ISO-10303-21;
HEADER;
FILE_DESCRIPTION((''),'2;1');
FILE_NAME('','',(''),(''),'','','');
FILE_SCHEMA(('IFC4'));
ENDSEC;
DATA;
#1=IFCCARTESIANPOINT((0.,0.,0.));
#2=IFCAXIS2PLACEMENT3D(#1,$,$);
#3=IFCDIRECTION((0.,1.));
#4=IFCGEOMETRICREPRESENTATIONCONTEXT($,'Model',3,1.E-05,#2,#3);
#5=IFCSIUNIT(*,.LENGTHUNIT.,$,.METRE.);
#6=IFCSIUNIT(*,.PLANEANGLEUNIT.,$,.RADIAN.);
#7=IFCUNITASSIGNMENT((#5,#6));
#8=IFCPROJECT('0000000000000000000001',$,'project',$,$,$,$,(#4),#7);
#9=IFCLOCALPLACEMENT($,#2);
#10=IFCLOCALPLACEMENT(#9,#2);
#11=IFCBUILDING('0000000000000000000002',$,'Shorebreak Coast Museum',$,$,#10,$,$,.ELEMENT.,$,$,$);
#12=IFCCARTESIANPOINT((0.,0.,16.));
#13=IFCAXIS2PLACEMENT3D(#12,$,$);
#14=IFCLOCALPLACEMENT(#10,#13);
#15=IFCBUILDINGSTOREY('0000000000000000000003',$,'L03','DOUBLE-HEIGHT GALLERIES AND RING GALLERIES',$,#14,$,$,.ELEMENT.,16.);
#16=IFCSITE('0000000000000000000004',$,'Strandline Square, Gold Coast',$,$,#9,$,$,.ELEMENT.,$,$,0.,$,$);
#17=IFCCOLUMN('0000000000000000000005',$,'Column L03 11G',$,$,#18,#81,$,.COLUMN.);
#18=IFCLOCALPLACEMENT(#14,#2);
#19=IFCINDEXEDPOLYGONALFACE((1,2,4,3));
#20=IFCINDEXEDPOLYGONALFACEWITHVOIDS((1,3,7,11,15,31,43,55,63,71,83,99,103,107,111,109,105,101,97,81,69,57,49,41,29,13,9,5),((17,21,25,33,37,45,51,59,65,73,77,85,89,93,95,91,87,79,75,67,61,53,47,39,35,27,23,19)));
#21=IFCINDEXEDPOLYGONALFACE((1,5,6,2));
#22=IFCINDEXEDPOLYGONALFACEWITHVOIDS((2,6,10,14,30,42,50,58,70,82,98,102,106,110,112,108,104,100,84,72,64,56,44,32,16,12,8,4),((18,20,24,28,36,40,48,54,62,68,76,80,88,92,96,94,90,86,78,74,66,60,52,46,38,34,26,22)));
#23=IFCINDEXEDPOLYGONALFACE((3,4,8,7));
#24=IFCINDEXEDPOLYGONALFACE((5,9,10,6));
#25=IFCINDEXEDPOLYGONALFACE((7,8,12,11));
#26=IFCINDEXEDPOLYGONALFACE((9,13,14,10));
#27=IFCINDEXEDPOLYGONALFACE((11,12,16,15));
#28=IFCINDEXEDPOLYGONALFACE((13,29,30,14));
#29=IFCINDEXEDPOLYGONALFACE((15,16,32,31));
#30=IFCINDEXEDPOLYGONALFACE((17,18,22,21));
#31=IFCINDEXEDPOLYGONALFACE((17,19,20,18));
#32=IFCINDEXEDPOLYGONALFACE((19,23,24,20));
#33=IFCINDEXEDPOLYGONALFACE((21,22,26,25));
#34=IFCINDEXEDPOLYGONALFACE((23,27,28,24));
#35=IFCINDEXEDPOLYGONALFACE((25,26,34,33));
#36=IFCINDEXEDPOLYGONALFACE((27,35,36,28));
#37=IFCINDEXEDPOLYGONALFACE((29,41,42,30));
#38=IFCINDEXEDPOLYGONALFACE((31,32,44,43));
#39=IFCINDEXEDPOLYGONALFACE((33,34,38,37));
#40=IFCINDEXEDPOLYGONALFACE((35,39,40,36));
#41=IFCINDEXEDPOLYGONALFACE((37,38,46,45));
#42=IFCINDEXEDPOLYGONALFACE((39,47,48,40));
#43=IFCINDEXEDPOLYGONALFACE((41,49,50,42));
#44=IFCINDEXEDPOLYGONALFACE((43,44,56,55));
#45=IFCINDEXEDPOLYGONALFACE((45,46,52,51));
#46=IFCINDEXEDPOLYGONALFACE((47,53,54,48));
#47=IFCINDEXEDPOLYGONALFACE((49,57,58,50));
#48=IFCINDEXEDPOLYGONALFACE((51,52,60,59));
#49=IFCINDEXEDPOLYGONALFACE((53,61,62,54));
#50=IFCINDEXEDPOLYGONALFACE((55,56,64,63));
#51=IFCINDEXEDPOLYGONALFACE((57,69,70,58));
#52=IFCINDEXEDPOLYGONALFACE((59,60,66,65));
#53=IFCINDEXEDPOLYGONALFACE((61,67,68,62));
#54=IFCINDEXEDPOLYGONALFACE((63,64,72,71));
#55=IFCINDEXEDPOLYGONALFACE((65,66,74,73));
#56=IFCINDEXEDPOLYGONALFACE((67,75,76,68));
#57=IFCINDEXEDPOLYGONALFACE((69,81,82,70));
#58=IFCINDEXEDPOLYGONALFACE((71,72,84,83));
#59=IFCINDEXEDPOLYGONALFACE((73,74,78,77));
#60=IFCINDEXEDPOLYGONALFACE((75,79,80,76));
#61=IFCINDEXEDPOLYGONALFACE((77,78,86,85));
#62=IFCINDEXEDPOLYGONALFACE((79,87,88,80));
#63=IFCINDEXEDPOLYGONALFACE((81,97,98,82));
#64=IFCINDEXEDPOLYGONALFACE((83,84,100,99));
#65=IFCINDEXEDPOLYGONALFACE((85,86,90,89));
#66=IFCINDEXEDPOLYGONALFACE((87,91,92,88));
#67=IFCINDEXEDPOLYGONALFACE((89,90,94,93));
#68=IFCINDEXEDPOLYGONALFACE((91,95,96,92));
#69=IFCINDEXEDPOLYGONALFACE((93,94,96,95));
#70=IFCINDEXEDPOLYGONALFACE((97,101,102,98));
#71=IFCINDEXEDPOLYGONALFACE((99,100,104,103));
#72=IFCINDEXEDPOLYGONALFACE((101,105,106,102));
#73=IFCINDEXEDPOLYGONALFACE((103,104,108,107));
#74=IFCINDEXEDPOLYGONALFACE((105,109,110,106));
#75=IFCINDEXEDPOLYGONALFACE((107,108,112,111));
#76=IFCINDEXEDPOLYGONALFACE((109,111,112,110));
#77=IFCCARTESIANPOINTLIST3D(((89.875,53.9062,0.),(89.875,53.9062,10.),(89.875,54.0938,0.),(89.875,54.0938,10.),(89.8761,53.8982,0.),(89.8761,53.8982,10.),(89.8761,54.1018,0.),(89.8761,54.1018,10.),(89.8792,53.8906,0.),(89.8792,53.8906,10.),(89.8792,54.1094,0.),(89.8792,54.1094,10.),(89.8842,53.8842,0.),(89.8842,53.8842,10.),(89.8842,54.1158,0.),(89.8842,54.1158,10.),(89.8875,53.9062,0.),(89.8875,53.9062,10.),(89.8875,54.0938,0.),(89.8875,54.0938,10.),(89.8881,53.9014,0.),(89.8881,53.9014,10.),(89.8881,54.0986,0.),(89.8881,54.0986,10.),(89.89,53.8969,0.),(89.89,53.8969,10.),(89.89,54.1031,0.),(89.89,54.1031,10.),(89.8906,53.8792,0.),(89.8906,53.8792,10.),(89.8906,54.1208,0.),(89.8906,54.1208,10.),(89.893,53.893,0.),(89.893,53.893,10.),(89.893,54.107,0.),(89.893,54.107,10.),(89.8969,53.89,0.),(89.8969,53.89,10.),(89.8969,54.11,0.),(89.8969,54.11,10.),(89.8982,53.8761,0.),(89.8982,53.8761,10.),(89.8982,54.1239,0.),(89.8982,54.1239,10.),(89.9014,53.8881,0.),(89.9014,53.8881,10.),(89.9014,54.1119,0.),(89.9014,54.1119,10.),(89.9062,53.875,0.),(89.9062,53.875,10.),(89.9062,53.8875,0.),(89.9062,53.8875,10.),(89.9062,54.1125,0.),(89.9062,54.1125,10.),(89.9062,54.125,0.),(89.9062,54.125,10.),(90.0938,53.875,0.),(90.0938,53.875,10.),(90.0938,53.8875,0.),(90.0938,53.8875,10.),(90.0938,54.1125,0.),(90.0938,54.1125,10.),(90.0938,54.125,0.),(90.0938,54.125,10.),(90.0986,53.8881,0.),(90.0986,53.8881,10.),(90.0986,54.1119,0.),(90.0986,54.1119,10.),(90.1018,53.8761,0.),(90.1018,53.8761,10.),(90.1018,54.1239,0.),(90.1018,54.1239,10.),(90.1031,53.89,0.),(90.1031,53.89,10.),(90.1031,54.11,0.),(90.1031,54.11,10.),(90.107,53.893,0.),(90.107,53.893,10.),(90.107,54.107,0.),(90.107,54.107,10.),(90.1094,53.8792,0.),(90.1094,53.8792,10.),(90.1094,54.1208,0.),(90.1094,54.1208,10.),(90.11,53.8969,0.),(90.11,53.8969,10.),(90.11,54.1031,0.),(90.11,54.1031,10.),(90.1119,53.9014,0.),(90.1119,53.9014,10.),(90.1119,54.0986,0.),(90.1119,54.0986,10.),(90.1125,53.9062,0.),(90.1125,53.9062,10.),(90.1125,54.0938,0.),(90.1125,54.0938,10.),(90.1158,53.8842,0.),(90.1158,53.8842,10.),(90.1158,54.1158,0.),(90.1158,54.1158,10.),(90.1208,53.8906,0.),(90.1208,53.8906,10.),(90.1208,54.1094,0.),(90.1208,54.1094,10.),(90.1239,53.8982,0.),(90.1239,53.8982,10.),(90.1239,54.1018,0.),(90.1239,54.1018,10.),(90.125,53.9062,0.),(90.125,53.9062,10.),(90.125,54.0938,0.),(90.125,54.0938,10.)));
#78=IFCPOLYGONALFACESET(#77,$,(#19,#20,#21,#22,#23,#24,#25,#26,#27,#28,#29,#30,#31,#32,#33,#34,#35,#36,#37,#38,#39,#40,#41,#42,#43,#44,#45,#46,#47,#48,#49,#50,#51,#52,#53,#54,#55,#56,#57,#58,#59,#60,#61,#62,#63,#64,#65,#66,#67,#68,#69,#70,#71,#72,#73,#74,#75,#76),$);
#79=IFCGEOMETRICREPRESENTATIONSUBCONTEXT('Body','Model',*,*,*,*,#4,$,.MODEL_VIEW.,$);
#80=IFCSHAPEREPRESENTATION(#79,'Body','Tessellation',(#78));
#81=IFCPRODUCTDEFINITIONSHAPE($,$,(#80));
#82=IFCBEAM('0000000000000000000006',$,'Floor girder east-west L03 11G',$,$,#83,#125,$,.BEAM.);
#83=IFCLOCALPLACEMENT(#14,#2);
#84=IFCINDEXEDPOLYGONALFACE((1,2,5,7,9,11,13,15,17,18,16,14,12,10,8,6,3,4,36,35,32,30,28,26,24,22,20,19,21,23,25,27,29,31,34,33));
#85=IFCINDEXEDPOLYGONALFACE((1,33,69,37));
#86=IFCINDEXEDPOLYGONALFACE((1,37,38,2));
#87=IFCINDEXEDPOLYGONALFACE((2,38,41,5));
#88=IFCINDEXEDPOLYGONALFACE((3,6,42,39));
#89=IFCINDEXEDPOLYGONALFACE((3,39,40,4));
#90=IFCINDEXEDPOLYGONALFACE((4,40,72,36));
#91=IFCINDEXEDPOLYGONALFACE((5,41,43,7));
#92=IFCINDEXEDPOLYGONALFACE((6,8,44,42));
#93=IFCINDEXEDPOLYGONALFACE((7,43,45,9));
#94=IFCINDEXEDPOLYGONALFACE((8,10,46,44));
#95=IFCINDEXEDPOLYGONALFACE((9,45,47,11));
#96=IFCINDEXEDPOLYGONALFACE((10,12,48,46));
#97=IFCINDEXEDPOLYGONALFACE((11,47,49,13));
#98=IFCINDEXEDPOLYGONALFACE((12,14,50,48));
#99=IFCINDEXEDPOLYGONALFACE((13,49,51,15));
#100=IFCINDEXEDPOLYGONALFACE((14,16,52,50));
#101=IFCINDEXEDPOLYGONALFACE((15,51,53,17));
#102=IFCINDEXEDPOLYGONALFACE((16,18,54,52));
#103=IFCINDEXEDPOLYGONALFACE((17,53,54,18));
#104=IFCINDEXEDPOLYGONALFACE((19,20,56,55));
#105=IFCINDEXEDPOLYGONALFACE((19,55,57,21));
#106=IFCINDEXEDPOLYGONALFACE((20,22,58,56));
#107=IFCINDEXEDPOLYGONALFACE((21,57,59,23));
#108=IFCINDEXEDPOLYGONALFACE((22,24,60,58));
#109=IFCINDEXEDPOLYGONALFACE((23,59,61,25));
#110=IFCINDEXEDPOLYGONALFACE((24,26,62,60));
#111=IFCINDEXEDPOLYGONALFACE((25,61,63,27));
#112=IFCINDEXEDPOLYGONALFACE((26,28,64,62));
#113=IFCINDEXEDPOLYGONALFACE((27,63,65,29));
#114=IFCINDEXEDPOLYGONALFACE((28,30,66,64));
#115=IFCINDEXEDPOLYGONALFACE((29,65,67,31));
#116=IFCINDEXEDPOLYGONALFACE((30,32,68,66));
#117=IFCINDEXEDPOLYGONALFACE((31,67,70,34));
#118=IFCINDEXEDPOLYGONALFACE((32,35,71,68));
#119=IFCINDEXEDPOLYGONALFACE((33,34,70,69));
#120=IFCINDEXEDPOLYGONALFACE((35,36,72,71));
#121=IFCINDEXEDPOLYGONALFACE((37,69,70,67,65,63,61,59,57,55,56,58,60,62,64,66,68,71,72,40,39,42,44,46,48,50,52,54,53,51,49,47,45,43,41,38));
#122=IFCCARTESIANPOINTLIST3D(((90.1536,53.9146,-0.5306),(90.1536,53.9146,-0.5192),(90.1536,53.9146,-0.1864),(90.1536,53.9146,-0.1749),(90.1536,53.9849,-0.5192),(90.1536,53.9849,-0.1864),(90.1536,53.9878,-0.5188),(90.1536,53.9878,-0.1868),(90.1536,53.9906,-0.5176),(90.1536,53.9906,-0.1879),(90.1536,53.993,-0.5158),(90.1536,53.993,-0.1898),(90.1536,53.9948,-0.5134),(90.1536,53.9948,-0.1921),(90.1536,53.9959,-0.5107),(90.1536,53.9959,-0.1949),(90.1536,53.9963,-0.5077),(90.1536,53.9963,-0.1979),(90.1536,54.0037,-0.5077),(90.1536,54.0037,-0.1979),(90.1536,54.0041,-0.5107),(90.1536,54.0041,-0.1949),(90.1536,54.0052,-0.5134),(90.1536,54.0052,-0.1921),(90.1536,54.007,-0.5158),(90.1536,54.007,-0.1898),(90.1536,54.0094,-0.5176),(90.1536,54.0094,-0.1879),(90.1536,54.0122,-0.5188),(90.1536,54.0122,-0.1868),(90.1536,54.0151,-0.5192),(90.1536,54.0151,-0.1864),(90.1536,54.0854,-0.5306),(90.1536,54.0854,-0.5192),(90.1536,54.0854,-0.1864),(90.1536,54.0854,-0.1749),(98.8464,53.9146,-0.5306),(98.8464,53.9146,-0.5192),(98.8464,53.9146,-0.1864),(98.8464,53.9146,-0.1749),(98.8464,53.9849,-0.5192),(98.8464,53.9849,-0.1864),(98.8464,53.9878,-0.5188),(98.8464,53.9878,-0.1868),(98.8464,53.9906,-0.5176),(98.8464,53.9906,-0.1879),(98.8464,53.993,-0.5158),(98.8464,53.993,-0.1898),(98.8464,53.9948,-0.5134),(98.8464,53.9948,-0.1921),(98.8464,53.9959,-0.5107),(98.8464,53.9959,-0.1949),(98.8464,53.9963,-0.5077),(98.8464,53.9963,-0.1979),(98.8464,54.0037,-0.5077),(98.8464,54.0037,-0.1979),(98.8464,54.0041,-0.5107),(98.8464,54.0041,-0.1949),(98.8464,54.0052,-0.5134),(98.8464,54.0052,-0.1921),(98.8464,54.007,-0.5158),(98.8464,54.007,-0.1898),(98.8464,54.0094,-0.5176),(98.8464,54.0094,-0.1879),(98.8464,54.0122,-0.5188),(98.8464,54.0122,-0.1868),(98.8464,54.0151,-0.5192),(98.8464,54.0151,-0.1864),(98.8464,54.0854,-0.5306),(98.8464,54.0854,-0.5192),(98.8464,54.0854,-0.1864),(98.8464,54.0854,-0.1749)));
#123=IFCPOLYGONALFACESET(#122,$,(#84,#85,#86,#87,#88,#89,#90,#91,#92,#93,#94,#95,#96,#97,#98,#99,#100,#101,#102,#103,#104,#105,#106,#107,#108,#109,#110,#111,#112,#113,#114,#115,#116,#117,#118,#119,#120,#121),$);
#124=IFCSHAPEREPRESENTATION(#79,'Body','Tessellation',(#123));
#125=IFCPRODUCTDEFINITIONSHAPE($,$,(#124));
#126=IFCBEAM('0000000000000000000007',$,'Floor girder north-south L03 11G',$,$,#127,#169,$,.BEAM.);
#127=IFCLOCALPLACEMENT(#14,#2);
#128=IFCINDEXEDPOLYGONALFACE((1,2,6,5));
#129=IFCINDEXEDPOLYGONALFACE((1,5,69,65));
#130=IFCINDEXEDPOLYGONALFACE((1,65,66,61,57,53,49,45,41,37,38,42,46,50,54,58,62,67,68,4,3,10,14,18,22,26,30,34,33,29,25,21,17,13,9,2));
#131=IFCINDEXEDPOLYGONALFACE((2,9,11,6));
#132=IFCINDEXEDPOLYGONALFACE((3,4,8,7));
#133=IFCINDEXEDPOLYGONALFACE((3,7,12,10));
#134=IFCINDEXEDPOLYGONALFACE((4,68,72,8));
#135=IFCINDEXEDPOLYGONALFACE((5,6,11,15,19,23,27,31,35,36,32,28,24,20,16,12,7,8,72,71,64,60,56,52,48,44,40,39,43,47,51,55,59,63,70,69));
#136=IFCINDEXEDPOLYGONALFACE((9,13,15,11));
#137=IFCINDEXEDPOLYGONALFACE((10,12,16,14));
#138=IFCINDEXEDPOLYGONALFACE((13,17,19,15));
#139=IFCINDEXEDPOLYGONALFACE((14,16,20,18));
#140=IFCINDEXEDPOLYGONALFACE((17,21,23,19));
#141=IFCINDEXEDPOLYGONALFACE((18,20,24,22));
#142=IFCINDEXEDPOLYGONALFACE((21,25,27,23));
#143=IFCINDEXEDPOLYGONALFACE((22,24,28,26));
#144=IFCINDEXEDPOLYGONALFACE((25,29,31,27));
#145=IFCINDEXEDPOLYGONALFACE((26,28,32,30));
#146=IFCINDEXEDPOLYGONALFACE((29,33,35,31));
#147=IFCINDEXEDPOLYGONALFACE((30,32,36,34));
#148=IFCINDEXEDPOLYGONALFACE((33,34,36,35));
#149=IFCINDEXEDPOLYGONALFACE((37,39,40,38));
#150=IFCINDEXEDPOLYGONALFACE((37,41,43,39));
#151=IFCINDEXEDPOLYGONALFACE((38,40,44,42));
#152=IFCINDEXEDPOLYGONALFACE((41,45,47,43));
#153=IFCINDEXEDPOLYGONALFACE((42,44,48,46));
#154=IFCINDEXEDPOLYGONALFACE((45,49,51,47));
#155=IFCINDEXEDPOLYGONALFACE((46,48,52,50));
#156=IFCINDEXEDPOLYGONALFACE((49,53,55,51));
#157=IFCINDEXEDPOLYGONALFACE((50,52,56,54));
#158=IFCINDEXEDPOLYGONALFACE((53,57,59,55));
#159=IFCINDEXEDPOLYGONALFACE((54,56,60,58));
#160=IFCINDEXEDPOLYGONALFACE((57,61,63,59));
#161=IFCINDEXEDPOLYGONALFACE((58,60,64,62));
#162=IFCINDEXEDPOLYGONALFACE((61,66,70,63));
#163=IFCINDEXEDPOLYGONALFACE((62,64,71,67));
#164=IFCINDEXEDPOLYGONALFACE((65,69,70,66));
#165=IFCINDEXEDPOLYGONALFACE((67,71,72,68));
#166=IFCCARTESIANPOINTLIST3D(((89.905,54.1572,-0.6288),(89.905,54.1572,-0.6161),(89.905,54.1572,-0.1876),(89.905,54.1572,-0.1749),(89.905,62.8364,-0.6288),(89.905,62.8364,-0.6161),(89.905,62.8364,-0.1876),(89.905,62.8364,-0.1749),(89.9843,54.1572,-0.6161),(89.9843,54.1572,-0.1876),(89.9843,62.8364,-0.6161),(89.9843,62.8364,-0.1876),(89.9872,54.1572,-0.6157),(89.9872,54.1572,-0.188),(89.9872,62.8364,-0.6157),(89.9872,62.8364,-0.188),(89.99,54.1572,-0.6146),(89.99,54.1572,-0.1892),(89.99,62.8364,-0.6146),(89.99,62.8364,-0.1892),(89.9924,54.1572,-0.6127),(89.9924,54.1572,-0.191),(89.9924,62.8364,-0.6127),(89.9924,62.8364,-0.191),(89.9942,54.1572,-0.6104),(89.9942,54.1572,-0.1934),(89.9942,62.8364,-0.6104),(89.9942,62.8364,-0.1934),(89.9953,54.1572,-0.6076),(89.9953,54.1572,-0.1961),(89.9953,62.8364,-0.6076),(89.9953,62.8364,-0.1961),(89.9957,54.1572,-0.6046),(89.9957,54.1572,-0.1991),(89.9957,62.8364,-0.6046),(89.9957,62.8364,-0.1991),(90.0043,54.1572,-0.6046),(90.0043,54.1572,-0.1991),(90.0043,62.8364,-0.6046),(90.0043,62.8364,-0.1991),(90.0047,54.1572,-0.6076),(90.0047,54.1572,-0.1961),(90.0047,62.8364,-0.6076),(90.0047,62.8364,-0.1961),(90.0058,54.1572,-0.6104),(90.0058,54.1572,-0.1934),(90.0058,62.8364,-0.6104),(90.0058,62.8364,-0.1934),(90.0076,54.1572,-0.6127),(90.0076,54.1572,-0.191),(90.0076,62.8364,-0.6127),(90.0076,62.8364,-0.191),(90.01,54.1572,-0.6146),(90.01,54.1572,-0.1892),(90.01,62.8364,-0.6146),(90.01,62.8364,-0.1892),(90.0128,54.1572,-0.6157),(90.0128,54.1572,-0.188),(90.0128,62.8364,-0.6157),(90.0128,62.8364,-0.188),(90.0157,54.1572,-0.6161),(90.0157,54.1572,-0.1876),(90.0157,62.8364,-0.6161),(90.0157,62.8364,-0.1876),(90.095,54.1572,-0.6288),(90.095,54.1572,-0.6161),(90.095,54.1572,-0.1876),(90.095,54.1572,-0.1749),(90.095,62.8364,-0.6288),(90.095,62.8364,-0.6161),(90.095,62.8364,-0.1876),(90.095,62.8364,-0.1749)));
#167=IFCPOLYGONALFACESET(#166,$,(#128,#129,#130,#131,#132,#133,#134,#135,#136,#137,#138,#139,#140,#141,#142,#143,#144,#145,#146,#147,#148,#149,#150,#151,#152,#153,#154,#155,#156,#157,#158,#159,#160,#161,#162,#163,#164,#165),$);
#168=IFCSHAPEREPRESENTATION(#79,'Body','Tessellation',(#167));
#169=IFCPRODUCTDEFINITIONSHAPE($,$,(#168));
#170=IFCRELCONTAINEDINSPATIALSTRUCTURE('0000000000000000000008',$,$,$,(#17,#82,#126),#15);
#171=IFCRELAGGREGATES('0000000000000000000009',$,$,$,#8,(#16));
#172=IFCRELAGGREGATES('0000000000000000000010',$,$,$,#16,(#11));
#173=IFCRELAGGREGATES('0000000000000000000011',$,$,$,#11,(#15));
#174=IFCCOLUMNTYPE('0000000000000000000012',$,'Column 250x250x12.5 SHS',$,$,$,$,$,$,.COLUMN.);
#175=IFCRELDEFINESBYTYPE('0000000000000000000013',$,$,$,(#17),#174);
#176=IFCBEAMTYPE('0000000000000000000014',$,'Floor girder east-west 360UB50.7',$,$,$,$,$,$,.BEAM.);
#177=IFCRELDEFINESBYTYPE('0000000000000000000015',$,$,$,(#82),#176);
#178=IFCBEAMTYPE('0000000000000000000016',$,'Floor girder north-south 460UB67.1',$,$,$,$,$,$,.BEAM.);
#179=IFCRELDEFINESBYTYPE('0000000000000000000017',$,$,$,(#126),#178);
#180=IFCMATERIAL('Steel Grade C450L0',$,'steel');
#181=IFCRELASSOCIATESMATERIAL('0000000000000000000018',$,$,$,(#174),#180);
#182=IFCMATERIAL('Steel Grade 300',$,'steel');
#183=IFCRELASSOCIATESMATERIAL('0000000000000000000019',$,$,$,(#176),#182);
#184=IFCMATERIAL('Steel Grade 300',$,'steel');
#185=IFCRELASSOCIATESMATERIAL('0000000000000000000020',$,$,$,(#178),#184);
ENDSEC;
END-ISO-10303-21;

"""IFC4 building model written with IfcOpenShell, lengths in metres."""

from ifc_helpers import new_model, si_unit, direction, frame, origin, origin_2d, place, context, subcontext, project, spatial, hollow_rectangle, i_section, extrude, material, material_profile, profile_set, type_object, element, save


model = new_model("IFC4")

# Units and contexts
model_context = context("Model", 3, precision=1e-05, world=origin(), true_north=direction((0.0, 1.0)))
body_context = subcontext(model_context, "Body", "Model", "MODEL_VIEW")
ifc_project = project(units=[si_unit("LENGTHUNIT", "METRE"), si_unit("PLANEANGLEUNIT", "RADIAN")], contexts=[model_context])

# Site, building, storey
site_placement = place(None, origin())
site = spatial("IfcSite", under=ifc_project, at=site_placement, Name="Strandline Square, Gold Coast", CompositionType="ELEMENT", RefElevation=0.0)
building_placement = place(site_placement, origin())
building = spatial("IfcBuilding", under=site, at=building_placement, Name="Shorebreak Coast Museum", CompositionType="ELEMENT")
storey_placement = place(building_placement, frame((0.0, 0.0, 16.0)))
storey = spatial("IfcBuildingStorey", under=building, at=storey_placement, Name="L03", Description="DOUBLE-HEIGHT GALLERIES AND RING GALLERIES", CompositionType="ELEMENT", Elevation=16.0)

# Column
ifc_material_1 = material(Name="Steel Grade C450L0", Category="steel")
ifc_material_profile_1 = material_profile(ifc_material_1, hollow_rectangle(XDim=0.25, YDim=0.25, WallThickness=0.0125, InnerFilletRadius=0.0188, OuterFilletRadius=0.0312, at=origin_2d()), Name="250x250x12.5 SHS")
ifc_profile_set_1 = profile_set([ifc_material_profile_1], Name="Steel Grade C450L0")
column_type = type_object("IfcColumnType", Name="Column 250x250x12.5 SHS", PredefinedType="COLUMN", material=ifc_profile_set_1)
column_placement = place(storey_placement, frame((90.0, 54.0, 0.0), z_axis=(0.0, 0.0, 1.0), x_axis=(1.0, 0.0, 0.0)))
element("IfcColumn", 1, at=column_placement, inside=storey, type_object=column_type, Name="Column L03 11G", PredefinedType="COLUMN", context=body_context, shape_type="SweptSolid", body=[
    extrude(hollow_rectangle(XDim=0.25, YDim=0.25, WallThickness=0.0125, InnerFilletRadius=0.0188, OuterFilletRadius=0.0312, at=origin_2d()), origin(), (0.0, 0.0, 1.0), 10.0),
])

# Beams
ifc_material_2 = material(Name="Steel Grade 300", Category="steel")
ifc_material_profile_2 = material_profile(ifc_material_2, i_section(OverallWidth=0.1709, OverallDepth=0.3557, WebThickness=0.0073, FlangeThickness=0.0115, FilletRadius=0.0115, at=origin_2d()), Name="360UB50.7")
ifc_profile_set_2 = profile_set([ifc_material_profile_2], Name="Steel Grade 300")
beam_type_1 = type_object("IfcBeamType", Name="Floor girder east-west 360UB50.7", PredefinedType="BEAM", material=ifc_profile_set_2)
beam_1_placement = place(storey_placement, frame((90.1536, 54.0, -0.3528), z_axis=(1.0, 0.0, 0.0), x_axis=(0.0, 1.0, 0.0)))
element("IfcBeam", 2, at=beam_1_placement, inside=storey, type_object=beam_type_1, Name="Floor girder east-west L03 11G", PredefinedType="BEAM", context=body_context, shape_type="SweptSolid", body=[
    extrude(i_section(OverallWidth=0.1709, OverallDepth=0.3557, WebThickness=0.0073, FlangeThickness=0.0115, FilletRadius=0.0115, at=origin_2d()), origin(), (0.0, 0.0, 1.0), 8.6929),
])
ifc_material_3 = material(Name="Steel Grade 300", Category="steel")
ifc_material_profile_3 = material_profile(ifc_material_3, i_section(OverallWidth=0.1899, OverallDepth=0.4539, WebThickness=0.0085, FlangeThickness=0.0127, FilletRadius=0.0115, at=origin_2d()), Name="460UB67.1")
ifc_profile_set_3 = profile_set([ifc_material_profile_3], Name="Steel Grade 300")
beam_type_2 = type_object("IfcBeamType", Name="Floor girder north-south 460UB67.1", PredefinedType="BEAM", material=ifc_profile_set_3)
beam_2_placement = place(storey_placement, frame((90.0, 54.1572, -0.4019), z_axis=(0.0, 1.0, 0.0), x_axis=(-1.0, 0.0, 0.0)))
element("IfcBeam", 3, at=beam_2_placement, inside=storey, type_object=beam_type_2, Name="Floor girder north-south L03 11G", PredefinedType="BEAM", context=body_context, shape_type="SweptSolid", body=[
    extrude(i_section(OverallWidth=0.1899, OverallDepth=0.4539, WebThickness=0.0085, FlangeThickness=0.0127, FilletRadius=0.0115, at=origin_2d()), origin(), (0.0, 0.0, 1.0), 8.6792),
])

save(model, "model.ifc")
